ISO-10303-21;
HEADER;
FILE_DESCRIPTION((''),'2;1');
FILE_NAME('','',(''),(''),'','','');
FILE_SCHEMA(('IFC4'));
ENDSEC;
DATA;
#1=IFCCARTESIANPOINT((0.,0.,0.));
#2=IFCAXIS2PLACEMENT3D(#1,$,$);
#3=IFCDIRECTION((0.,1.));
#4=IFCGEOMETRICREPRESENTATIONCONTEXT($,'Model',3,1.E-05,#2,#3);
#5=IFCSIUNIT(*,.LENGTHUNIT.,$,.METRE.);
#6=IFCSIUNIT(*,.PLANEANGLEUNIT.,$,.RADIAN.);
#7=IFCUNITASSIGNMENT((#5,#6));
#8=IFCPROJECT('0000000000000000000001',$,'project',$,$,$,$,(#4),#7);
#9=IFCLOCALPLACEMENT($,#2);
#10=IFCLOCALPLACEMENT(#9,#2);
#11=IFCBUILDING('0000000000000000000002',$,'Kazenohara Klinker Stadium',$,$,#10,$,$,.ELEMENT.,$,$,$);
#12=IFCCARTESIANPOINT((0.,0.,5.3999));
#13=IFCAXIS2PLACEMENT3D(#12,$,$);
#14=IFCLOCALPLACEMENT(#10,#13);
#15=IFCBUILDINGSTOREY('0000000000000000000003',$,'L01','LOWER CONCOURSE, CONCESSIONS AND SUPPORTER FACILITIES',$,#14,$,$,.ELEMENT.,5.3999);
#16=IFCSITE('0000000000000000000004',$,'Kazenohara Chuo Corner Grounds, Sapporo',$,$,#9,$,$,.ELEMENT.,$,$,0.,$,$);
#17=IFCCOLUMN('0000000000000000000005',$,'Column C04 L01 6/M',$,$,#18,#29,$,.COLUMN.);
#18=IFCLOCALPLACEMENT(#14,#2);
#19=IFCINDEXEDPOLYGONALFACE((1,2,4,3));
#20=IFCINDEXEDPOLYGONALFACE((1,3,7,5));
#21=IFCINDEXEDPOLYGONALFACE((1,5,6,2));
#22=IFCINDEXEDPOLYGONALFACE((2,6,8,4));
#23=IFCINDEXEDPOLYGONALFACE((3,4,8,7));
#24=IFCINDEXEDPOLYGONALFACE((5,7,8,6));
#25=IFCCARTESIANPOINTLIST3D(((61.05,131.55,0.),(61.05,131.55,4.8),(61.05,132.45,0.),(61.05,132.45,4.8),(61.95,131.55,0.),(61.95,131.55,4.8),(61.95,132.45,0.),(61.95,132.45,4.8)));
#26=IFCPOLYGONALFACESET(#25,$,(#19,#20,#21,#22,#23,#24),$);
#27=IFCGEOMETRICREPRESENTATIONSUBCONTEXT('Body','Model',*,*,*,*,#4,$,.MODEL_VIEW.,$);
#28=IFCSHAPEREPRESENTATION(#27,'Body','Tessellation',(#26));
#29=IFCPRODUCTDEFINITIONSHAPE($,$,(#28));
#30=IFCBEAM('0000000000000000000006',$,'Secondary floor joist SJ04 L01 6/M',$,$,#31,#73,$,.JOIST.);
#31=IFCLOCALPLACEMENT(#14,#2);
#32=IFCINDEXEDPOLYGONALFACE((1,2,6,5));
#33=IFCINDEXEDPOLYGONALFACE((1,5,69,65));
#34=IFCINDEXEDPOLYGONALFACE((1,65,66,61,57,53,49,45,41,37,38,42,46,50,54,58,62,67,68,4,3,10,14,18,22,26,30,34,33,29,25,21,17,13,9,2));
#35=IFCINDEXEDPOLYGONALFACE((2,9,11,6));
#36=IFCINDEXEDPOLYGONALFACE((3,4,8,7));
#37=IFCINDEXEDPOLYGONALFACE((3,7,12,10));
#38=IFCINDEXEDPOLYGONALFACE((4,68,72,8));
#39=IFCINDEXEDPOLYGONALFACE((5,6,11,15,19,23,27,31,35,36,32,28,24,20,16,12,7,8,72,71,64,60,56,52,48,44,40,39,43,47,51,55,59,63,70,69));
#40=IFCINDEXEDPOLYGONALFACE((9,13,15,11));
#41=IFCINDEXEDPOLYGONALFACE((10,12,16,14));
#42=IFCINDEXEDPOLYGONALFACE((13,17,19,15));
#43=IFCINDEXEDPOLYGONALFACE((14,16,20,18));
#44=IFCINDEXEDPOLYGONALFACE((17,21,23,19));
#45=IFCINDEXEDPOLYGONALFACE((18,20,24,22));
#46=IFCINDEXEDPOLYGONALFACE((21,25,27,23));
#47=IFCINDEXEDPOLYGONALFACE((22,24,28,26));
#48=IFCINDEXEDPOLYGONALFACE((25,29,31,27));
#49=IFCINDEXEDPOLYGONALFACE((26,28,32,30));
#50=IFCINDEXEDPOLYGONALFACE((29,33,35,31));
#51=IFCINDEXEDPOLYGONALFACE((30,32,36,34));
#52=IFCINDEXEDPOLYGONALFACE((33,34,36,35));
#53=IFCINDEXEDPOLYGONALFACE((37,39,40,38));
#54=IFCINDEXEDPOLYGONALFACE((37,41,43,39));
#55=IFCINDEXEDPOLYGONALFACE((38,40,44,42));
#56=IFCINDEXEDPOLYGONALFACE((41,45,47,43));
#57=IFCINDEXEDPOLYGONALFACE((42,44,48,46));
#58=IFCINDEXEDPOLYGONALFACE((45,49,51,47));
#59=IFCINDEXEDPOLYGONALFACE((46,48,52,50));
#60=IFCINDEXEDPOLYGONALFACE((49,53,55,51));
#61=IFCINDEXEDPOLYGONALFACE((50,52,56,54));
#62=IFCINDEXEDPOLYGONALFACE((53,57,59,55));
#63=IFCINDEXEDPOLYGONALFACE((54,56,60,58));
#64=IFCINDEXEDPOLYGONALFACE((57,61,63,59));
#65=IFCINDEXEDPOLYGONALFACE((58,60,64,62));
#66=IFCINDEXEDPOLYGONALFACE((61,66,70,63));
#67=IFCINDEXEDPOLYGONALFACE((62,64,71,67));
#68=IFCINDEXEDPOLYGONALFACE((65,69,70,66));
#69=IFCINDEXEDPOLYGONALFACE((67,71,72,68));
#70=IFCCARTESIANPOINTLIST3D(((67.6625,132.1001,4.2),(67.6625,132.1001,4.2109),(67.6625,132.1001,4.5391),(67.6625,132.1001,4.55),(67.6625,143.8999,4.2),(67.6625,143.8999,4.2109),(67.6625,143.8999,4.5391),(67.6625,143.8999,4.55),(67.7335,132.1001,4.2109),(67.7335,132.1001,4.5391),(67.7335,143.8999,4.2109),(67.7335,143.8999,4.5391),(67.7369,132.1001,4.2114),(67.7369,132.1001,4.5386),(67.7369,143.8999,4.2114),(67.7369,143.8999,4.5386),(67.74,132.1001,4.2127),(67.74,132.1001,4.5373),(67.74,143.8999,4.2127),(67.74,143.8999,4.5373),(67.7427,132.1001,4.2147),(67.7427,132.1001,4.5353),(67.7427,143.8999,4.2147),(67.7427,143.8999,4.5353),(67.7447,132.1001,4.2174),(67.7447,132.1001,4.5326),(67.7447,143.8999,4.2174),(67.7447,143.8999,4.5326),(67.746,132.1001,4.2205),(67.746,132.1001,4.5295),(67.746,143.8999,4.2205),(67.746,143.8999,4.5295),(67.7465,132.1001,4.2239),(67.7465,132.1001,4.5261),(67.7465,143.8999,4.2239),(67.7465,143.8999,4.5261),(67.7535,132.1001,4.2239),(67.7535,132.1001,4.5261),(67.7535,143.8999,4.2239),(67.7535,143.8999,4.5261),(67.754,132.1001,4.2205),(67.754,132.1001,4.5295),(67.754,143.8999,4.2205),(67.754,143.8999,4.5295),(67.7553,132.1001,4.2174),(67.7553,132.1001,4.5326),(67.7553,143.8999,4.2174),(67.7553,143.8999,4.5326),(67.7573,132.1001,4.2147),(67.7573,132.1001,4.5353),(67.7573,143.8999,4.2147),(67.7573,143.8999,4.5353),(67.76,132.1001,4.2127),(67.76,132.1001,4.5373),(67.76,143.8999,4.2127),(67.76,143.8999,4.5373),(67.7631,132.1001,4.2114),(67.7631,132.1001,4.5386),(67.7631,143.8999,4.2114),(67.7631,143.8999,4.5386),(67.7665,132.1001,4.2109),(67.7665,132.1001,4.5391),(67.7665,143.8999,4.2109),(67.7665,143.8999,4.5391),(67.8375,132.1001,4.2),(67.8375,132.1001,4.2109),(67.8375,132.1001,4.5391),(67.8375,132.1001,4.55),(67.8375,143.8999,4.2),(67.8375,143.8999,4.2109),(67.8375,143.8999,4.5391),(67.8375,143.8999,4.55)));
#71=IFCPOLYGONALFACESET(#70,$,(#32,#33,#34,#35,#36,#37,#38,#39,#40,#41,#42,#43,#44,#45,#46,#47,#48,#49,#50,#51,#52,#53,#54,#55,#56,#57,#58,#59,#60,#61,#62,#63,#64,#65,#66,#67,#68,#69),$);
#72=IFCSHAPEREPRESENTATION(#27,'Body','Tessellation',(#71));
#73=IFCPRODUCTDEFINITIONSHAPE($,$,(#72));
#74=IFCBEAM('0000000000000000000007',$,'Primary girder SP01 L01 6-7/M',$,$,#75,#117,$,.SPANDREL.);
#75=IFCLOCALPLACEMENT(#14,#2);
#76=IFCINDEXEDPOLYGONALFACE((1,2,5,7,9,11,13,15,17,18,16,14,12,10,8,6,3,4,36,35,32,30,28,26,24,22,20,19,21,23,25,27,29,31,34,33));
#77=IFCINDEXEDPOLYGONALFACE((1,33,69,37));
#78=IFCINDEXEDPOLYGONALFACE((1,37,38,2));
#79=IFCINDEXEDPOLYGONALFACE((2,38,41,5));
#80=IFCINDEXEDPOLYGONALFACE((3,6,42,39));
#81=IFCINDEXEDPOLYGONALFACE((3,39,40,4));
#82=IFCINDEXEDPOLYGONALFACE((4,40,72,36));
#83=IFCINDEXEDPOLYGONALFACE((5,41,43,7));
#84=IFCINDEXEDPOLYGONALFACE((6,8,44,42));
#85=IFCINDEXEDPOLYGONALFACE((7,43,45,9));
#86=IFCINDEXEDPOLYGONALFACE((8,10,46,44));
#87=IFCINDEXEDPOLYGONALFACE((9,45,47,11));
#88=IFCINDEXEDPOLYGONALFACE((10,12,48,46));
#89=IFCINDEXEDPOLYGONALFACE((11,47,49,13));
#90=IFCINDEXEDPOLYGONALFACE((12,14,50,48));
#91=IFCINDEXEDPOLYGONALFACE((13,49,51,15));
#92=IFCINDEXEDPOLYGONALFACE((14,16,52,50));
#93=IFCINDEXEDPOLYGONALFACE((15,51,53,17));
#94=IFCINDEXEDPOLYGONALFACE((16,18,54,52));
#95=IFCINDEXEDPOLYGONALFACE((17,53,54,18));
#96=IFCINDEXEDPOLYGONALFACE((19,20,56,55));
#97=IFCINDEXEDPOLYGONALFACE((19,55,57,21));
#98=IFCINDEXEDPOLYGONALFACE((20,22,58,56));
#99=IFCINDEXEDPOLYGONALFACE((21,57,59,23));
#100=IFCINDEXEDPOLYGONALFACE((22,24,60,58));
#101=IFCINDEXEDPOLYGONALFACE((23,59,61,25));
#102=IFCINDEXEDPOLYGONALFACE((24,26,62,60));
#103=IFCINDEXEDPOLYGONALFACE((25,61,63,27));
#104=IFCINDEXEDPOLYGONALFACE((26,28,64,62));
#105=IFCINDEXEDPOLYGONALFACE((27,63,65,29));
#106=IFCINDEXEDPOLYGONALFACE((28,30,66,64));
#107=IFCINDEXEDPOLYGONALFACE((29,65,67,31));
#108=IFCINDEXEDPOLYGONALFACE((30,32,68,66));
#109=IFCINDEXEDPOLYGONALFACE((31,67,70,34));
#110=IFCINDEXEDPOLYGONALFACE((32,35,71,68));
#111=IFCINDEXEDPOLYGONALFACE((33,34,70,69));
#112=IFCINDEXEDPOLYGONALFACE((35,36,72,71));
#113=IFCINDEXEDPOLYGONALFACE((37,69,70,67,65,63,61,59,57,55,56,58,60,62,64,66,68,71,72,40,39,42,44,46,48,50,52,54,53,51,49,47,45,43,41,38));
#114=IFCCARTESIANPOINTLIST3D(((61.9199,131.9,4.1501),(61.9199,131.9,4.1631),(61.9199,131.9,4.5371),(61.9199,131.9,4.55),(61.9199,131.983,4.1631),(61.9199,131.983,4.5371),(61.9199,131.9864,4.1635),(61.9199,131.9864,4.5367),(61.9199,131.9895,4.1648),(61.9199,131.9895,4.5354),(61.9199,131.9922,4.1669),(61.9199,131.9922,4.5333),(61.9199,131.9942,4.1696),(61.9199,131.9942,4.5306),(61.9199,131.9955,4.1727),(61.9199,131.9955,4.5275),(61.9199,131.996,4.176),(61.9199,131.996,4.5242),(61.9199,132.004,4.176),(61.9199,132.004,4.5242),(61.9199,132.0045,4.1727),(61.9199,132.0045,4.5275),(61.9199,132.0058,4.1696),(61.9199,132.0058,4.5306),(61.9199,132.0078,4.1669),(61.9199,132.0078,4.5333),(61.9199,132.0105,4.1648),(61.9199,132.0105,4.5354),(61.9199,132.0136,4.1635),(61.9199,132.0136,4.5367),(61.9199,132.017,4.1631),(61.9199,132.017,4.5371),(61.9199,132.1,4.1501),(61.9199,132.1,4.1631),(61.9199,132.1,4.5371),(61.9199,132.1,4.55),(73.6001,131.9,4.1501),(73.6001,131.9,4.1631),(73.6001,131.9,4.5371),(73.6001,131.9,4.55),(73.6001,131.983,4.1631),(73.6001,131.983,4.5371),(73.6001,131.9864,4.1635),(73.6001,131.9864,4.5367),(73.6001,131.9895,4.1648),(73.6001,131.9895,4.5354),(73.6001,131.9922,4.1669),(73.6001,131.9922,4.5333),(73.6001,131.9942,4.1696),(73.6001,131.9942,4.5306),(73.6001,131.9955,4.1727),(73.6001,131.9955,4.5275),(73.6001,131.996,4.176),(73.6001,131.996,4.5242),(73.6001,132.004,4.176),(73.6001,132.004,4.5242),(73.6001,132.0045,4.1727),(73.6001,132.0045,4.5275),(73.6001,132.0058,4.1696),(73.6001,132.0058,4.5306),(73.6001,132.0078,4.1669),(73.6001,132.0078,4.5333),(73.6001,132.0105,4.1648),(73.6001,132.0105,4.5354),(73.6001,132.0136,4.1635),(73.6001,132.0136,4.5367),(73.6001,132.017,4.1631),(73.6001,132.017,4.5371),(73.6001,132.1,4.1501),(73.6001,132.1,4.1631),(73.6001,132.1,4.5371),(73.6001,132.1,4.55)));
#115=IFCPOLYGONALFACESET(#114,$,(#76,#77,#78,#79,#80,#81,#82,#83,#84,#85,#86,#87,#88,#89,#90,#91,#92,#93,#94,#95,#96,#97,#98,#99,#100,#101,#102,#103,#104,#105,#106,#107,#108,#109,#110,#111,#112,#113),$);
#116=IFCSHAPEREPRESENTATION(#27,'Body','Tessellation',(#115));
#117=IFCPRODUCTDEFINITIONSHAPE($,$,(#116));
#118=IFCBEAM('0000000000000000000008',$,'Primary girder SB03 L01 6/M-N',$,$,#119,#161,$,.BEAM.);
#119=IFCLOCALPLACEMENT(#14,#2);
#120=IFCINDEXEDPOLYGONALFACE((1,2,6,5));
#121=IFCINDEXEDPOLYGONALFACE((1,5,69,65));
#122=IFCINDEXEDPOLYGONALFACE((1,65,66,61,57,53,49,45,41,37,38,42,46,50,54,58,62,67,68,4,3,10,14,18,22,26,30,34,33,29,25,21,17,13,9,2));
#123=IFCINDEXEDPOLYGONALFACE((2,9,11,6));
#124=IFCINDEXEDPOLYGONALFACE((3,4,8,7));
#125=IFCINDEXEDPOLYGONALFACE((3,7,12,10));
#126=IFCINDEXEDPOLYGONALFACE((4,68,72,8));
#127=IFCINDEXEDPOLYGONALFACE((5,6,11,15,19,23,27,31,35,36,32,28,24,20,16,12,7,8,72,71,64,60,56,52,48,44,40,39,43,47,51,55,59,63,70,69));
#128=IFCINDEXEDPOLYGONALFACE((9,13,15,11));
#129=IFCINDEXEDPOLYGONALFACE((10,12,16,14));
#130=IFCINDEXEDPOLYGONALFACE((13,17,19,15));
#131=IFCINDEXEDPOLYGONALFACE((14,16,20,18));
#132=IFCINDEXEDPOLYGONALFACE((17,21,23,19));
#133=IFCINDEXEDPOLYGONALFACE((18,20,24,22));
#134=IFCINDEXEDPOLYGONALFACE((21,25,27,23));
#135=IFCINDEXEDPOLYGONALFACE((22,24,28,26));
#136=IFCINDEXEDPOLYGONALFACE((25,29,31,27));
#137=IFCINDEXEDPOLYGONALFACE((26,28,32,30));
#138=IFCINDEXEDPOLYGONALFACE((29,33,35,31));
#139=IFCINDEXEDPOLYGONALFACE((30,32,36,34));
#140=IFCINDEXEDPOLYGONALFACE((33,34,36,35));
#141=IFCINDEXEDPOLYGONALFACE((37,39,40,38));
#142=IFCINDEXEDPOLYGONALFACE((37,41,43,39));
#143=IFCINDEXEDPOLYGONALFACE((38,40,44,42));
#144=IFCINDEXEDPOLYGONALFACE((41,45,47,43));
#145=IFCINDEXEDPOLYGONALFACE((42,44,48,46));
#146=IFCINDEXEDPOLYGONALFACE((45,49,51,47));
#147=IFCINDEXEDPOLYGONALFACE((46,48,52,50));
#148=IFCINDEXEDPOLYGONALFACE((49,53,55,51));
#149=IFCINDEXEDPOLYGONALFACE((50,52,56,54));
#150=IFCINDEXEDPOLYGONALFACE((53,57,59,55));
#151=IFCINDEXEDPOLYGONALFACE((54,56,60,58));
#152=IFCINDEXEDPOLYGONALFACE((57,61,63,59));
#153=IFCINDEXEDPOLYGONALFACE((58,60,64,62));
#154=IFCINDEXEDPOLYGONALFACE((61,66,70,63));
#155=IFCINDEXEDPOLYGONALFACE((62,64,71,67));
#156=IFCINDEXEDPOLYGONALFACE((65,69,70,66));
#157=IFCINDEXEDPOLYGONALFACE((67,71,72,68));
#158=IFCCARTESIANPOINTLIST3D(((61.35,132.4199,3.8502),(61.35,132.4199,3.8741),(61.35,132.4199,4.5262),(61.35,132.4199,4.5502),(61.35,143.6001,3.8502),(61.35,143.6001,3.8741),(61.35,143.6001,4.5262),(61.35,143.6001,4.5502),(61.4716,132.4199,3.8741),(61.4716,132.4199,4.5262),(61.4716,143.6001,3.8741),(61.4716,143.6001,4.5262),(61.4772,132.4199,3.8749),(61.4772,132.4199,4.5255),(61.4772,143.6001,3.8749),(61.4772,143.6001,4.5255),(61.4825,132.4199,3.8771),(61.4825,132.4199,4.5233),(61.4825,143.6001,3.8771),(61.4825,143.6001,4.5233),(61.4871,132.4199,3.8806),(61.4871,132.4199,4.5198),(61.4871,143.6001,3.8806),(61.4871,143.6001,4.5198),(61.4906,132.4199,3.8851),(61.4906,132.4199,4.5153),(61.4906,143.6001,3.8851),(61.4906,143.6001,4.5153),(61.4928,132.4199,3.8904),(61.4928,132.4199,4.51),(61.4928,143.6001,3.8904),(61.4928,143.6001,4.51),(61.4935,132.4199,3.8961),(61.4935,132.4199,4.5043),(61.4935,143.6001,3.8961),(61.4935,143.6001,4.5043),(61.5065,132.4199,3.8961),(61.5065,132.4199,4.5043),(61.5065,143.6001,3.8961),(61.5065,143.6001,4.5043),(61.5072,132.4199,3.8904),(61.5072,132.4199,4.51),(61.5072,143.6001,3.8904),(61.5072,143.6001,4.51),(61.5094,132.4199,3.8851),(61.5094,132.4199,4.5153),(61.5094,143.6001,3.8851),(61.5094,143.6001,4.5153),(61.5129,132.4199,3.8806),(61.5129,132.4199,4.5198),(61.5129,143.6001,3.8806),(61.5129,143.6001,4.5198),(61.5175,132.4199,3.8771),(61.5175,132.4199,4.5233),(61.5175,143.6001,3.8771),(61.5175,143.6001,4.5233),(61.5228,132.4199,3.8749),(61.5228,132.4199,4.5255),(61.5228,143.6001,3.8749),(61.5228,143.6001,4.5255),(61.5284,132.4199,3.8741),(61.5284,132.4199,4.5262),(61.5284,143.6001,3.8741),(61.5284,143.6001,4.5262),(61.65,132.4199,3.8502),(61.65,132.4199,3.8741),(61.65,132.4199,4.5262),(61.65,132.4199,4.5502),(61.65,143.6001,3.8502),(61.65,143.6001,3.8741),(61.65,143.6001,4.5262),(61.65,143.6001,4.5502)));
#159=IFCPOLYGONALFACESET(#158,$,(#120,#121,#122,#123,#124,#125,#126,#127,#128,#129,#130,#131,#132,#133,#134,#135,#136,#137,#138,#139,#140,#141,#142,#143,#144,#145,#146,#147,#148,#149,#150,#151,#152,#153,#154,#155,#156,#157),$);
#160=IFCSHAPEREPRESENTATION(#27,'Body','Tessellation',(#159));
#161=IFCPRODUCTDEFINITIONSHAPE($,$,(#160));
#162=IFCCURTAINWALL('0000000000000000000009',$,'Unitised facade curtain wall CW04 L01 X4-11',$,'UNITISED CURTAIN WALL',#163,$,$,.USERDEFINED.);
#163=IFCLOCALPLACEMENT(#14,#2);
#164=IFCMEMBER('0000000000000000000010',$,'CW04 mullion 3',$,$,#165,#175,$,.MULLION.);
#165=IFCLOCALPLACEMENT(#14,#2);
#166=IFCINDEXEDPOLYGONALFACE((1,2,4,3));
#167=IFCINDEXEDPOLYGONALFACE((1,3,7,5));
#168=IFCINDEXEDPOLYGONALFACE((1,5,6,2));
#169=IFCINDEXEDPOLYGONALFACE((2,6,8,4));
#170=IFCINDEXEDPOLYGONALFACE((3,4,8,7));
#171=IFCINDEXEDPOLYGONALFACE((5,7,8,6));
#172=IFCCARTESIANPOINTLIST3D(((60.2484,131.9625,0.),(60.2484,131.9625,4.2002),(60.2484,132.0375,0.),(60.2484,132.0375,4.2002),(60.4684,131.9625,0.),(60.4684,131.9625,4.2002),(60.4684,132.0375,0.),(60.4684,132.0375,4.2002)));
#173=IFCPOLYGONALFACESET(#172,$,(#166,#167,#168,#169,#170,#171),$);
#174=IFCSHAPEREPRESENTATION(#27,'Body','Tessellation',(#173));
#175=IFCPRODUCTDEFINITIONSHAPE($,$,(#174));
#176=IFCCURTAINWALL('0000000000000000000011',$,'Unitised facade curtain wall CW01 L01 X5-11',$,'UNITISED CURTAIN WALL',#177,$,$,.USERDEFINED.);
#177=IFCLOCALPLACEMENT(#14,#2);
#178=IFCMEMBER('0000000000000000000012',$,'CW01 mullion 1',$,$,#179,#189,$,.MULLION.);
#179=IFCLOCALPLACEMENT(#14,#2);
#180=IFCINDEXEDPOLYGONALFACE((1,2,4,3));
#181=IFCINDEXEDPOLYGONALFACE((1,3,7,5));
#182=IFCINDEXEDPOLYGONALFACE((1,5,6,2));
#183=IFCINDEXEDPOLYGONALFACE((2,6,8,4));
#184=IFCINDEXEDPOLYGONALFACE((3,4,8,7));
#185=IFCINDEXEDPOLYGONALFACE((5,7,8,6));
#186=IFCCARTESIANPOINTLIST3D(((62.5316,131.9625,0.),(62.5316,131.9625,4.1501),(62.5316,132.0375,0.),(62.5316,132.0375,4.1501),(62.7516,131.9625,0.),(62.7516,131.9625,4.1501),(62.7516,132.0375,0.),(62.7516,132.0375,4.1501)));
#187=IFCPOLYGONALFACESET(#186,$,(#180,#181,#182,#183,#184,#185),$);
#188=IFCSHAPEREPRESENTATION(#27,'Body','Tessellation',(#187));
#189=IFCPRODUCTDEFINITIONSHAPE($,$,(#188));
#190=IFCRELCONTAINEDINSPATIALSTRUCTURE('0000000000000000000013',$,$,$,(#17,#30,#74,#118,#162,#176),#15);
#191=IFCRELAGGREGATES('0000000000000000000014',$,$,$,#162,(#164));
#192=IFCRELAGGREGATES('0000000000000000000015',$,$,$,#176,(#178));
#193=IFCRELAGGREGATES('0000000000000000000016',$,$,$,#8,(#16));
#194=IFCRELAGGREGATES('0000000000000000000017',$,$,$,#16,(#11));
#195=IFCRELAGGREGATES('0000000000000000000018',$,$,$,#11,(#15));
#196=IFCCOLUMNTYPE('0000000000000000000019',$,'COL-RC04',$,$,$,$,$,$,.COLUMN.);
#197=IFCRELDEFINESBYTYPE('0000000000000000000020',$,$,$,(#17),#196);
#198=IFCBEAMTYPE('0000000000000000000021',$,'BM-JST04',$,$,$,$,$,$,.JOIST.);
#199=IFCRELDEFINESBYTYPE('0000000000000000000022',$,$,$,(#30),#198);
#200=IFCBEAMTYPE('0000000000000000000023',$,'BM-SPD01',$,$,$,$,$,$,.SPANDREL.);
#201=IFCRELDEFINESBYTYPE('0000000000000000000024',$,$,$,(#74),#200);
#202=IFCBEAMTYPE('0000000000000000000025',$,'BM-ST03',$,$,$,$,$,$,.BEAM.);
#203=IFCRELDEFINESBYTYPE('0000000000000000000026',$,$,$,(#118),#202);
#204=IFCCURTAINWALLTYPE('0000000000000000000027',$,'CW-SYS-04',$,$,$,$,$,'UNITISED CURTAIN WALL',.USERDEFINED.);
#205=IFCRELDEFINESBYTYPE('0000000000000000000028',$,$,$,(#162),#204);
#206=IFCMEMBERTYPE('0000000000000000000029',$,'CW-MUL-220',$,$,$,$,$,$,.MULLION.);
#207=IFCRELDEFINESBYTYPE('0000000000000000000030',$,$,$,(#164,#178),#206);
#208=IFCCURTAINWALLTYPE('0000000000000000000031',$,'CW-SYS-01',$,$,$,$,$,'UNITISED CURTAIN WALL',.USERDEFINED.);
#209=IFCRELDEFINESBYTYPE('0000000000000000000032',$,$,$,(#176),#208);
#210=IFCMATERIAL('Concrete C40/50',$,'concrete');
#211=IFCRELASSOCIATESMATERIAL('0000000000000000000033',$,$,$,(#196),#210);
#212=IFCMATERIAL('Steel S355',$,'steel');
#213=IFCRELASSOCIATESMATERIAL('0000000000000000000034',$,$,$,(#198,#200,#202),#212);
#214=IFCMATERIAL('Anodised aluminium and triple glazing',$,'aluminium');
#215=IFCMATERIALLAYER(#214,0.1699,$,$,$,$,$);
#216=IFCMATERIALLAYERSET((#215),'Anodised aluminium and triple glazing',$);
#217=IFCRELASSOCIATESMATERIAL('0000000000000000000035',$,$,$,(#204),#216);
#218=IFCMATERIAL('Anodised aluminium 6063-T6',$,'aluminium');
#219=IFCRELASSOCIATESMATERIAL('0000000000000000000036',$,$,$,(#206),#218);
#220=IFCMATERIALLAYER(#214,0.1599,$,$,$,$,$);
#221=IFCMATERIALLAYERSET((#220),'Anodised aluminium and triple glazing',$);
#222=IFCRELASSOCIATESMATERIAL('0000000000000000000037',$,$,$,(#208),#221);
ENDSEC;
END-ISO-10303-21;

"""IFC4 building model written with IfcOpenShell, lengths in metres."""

from ifc_helpers import new_model, si_unit, direction, frame, origin, origin_2d, place, context, subcontext, project, spatial, rectangle, i_section, extrude, material, layer, layer_set, material_profile, profile_set, type_object, element, aggregate, save


model = new_model("IFC4")

# Units and contexts
model_context = context("Model", 3, precision=1e-05, world=origin(), true_north=direction((0.0, 1.0)))
body_context = subcontext(model_context, "Body", "Model", "MODEL_VIEW")
ifc_project = project(units=[si_unit("LENGTHUNIT", "METRE"), si_unit("PLANEANGLEUNIT", "RADIAN")], contexts=[model_context])

# Site, building, storey
site_placement = place(None, origin())
site = spatial("IfcSite", under=ifc_project, at=site_placement, Name="Kazenohara Chuo Corner Grounds, Sapporo", CompositionType="ELEMENT", RefElevation=0.0)
building_placement = place(site_placement, origin())
building = spatial("IfcBuilding", under=site, at=building_placement, Name="Kazenohara Klinker Stadium", CompositionType="ELEMENT")
storey_placement = place(building_placement, frame((0.0, 0.0, 5.3999)))
storey = spatial("IfcBuildingStorey", under=building, at=storey_placement, Name="L01", Description="LOWER CONCOURSE, CONCESSIONS AND SUPPORTER FACILITIES", CompositionType="ELEMENT", Elevation=5.3999)

# Column
ifc_material_1 = material(Name="Concrete C40/50", Category="concrete")
ifc_material_profile_1 = material_profile(ifc_material_1, rectangle(XDim=0.8999, YDim=0.8999, at=origin_2d()), Name="RC-COL-900x900")
ifc_profile_set_1 = profile_set([ifc_material_profile_1], Name="Concrete C40/50")
column_type = type_object("IfcColumnType", Name="COL-RC04", PredefinedType="COLUMN", material=ifc_profile_set_1)
column_placement = place(storey_placement, frame((61.5, 132.0, 0.0), z_axis=(0.0, 0.0, 1.0), x_axis=(1.0, 0.0, 0.0)))
element("IfcColumn", 1, at=column_placement, inside=storey, type_object=column_type, Name="Column C04 L01 6/M", PredefinedType="COLUMN", context=body_context, shape_type="SweptSolid", body=[
    extrude(rectangle(XDim=0.8999, YDim=0.8999, at=origin_2d()), origin(), (0.0, 0.0, 1.0), 4.8),
])

# Beams
ifc_material_2 = material(Name="Steel S355", Category="steel")
ifc_material_profile_2 = material_profile(ifc_material_2, i_section(OverallWidth=0.175, OverallDepth=0.3501, WebThickness=0.0071, FlangeThickness=0.011, FilletRadius=0.0129, at=origin_2d()), Name="H-350x175x7x11")
ifc_profile_set_2 = profile_set([ifc_material_profile_2], Name="Steel S355")
beam_type_1 = type_object("IfcBeamType", Name="BM-JST04", PredefinedType="JOIST", material=ifc_profile_set_2)
beam_1_placement = place(storey_placement, frame((67.75, 132.1001, 4.375), z_axis=(0.0, 1.0, 0.0), x_axis=(-1.0, 0.0, 0.0)))
element("IfcBeam", 2, at=beam_1_placement, inside=storey, type_object=beam_type_1, Name="Secondary floor joist SJ04 L01 6/M", PredefinedType="JOIST", context=body_context, shape_type="SweptSolid", body=[
    extrude(i_section(OverallWidth=0.175, OverallDepth=0.3501, WebThickness=0.0071, FlangeThickness=0.011, FilletRadius=0.0129, at=origin_2d()), origin(), (0.0, 0.0, 1.0), 11.7998),
])
ifc_material_profile_3 = material_profile(ifc_material_2, i_section(OverallWidth=0.2, OverallDepth=0.3999, WebThickness=0.0081, FlangeThickness=0.0129, FilletRadius=0.0129, at=origin_2d()), Name="H-400x200x8x13")
ifc_profile_set_3 = profile_set([ifc_material_profile_3], Name="Steel S355")
beam_type_2 = type_object("IfcBeamType", Name="BM-SPD01", PredefinedType="SPANDREL", material=ifc_profile_set_3)
beam_2_placement = place(storey_placement, frame((61.9199, 132.0, 4.3501), z_axis=(1.0, 0.0, 0.0), x_axis=(0.0, 1.0, 0.0)))
element("IfcBeam", 3, at=beam_2_placement, inside=storey, type_object=beam_type_2, Name="Primary girder SP01 L01 6-7/M", PredefinedType="SPANDREL", context=body_context, shape_type="SweptSolid", body=[
    extrude(i_section(OverallWidth=0.2, OverallDepth=0.3999, WebThickness=0.0081, FlangeThickness=0.0129, FilletRadius=0.0129, at=origin_2d()), origin(), (0.0, 0.0, 1.0), 11.6802),
])
ifc_material_profile_4 = material_profile(ifc_material_2, i_section(OverallWidth=0.3, OverallDepth=0.7, WebThickness=0.0129, FlangeThickness=0.0239, FilletRadius=0.022, at=origin_2d()), Name="H-700x300x13x24")
ifc_profile_set_4 = profile_set([ifc_material_profile_4], Name="Steel S355")
beam_type_3 = type_object("IfcBeamType", Name="BM-ST03", PredefinedType="BEAM", material=ifc_profile_set_4)
beam_3_placement = place(storey_placement, frame((61.5, 132.4199, 4.2002), z_axis=(0.0, 1.0, 0.0), x_axis=(-1.0, 0.0, 0.0)))
element("IfcBeam", 4, at=beam_3_placement, inside=storey, type_object=beam_type_3, Name="Primary girder SB03 L01 6/M-N", PredefinedType="BEAM", context=body_context, shape_type="SweptSolid", body=[
    extrude(i_section(OverallWidth=0.3, OverallDepth=0.7, WebThickness=0.0129, FlangeThickness=0.0239, FilletRadius=0.022, at=origin_2d()), origin(), (0.0, 0.0, 1.0), 11.1802),
])

# Curtain wall, member
ifc_material_3 = material(Name="Anodised aluminium and triple glazing", Category="aluminium")
ifc_layer_1 = layer(ifc_material_3, 0.1699)
ifc_layer_set_1 = layer_set([ifc_layer_1], Name="Anodised aluminium and triple glazing")
curtain_wall_type_1 = type_object("IfcCurtainWallType", Name="CW-SYS-04", ElementType="UNITISED CURTAIN WALL", PredefinedType="USERDEFINED", material=ifc_layer_set_1)
curtain_wall_1_placement = place(storey_placement, origin())
curtain_wall_1 = element("IfcCurtainWall", 5, at=curtain_wall_1_placement, inside=storey, type_object=curtain_wall_type_1, Name="Unitised facade curtain wall CW04 L01 X4-11", ObjectType="UNITISED CURTAIN WALL", PredefinedType="USERDEFINED")
ifc_material_4 = material(Name="Anodised aluminium 6063-T6", Category="aluminium")
ifc_material_profile_5 = material_profile(ifc_material_4, rectangle(XDim=0.075, YDim=0.22, at=origin_2d()), Name="ALU-MUL-75x220")
ifc_profile_set_5 = profile_set([ifc_material_profile_5], Name="Anodised aluminium 6063-T6")
member_type_1 = type_object("IfcMemberType", Name="CW-MUL-220", PredefinedType="MULLION", material=ifc_profile_set_5)
member_1_placement = place(storey_placement, frame((60.3584, 132.0, 0.0), z_axis=(0.0, 0.0, 1.0), x_axis=(0.0, 1.0, 0.0)))
member_1 = element("IfcMember", 6, at=member_1_placement, type_object=member_type_1, Name="CW04 mullion 3", PredefinedType="MULLION", context=body_context, shape_type="SweptSolid", body=[
    extrude(rectangle(XDim=0.075, YDim=0.22, at=origin_2d()), origin(), (0.0, 0.0, 1.0), 4.2002),
])

# Curtain wall, member
ifc_layer_2 = layer(ifc_material_3, 0.1599)
ifc_layer_set_2 = layer_set([ifc_layer_2], Name="Anodised aluminium and triple glazing")
curtain_wall_type_2 = type_object("IfcCurtainWallType", Name="CW-SYS-01", ElementType="UNITISED CURTAIN WALL", PredefinedType="USERDEFINED", material=ifc_layer_set_2)
curtain_wall_2_placement = place(storey_placement, origin())
curtain_wall_2 = element("IfcCurtainWall", 7, at=curtain_wall_2_placement, inside=storey, type_object=curtain_wall_type_2, Name="Unitised facade curtain wall CW01 L01 X5-11", ObjectType="UNITISED CURTAIN WALL", PredefinedType="USERDEFINED")
member_2_placement = place(storey_placement, frame((62.6416, 132.0, 0.0), z_axis=(0.0, 0.0, 1.0), x_axis=(0.0, 1.0, 0.0)))
member_2 = element("IfcMember", 8, at=member_2_placement, type_object=member_type_1, Name="CW01 mullion 1", PredefinedType="MULLION", context=body_context, shape_type="SweptSolid", body=[
    extrude(rectangle(XDim=0.075, YDim=0.22, at=origin_2d()), origin(), (0.0, 0.0, 1.0), 4.1501),
])

aggregate(curtain_wall_1, [member_1])
aggregate(curtain_wall_2, [member_2])

save(model, "model.ifc")
